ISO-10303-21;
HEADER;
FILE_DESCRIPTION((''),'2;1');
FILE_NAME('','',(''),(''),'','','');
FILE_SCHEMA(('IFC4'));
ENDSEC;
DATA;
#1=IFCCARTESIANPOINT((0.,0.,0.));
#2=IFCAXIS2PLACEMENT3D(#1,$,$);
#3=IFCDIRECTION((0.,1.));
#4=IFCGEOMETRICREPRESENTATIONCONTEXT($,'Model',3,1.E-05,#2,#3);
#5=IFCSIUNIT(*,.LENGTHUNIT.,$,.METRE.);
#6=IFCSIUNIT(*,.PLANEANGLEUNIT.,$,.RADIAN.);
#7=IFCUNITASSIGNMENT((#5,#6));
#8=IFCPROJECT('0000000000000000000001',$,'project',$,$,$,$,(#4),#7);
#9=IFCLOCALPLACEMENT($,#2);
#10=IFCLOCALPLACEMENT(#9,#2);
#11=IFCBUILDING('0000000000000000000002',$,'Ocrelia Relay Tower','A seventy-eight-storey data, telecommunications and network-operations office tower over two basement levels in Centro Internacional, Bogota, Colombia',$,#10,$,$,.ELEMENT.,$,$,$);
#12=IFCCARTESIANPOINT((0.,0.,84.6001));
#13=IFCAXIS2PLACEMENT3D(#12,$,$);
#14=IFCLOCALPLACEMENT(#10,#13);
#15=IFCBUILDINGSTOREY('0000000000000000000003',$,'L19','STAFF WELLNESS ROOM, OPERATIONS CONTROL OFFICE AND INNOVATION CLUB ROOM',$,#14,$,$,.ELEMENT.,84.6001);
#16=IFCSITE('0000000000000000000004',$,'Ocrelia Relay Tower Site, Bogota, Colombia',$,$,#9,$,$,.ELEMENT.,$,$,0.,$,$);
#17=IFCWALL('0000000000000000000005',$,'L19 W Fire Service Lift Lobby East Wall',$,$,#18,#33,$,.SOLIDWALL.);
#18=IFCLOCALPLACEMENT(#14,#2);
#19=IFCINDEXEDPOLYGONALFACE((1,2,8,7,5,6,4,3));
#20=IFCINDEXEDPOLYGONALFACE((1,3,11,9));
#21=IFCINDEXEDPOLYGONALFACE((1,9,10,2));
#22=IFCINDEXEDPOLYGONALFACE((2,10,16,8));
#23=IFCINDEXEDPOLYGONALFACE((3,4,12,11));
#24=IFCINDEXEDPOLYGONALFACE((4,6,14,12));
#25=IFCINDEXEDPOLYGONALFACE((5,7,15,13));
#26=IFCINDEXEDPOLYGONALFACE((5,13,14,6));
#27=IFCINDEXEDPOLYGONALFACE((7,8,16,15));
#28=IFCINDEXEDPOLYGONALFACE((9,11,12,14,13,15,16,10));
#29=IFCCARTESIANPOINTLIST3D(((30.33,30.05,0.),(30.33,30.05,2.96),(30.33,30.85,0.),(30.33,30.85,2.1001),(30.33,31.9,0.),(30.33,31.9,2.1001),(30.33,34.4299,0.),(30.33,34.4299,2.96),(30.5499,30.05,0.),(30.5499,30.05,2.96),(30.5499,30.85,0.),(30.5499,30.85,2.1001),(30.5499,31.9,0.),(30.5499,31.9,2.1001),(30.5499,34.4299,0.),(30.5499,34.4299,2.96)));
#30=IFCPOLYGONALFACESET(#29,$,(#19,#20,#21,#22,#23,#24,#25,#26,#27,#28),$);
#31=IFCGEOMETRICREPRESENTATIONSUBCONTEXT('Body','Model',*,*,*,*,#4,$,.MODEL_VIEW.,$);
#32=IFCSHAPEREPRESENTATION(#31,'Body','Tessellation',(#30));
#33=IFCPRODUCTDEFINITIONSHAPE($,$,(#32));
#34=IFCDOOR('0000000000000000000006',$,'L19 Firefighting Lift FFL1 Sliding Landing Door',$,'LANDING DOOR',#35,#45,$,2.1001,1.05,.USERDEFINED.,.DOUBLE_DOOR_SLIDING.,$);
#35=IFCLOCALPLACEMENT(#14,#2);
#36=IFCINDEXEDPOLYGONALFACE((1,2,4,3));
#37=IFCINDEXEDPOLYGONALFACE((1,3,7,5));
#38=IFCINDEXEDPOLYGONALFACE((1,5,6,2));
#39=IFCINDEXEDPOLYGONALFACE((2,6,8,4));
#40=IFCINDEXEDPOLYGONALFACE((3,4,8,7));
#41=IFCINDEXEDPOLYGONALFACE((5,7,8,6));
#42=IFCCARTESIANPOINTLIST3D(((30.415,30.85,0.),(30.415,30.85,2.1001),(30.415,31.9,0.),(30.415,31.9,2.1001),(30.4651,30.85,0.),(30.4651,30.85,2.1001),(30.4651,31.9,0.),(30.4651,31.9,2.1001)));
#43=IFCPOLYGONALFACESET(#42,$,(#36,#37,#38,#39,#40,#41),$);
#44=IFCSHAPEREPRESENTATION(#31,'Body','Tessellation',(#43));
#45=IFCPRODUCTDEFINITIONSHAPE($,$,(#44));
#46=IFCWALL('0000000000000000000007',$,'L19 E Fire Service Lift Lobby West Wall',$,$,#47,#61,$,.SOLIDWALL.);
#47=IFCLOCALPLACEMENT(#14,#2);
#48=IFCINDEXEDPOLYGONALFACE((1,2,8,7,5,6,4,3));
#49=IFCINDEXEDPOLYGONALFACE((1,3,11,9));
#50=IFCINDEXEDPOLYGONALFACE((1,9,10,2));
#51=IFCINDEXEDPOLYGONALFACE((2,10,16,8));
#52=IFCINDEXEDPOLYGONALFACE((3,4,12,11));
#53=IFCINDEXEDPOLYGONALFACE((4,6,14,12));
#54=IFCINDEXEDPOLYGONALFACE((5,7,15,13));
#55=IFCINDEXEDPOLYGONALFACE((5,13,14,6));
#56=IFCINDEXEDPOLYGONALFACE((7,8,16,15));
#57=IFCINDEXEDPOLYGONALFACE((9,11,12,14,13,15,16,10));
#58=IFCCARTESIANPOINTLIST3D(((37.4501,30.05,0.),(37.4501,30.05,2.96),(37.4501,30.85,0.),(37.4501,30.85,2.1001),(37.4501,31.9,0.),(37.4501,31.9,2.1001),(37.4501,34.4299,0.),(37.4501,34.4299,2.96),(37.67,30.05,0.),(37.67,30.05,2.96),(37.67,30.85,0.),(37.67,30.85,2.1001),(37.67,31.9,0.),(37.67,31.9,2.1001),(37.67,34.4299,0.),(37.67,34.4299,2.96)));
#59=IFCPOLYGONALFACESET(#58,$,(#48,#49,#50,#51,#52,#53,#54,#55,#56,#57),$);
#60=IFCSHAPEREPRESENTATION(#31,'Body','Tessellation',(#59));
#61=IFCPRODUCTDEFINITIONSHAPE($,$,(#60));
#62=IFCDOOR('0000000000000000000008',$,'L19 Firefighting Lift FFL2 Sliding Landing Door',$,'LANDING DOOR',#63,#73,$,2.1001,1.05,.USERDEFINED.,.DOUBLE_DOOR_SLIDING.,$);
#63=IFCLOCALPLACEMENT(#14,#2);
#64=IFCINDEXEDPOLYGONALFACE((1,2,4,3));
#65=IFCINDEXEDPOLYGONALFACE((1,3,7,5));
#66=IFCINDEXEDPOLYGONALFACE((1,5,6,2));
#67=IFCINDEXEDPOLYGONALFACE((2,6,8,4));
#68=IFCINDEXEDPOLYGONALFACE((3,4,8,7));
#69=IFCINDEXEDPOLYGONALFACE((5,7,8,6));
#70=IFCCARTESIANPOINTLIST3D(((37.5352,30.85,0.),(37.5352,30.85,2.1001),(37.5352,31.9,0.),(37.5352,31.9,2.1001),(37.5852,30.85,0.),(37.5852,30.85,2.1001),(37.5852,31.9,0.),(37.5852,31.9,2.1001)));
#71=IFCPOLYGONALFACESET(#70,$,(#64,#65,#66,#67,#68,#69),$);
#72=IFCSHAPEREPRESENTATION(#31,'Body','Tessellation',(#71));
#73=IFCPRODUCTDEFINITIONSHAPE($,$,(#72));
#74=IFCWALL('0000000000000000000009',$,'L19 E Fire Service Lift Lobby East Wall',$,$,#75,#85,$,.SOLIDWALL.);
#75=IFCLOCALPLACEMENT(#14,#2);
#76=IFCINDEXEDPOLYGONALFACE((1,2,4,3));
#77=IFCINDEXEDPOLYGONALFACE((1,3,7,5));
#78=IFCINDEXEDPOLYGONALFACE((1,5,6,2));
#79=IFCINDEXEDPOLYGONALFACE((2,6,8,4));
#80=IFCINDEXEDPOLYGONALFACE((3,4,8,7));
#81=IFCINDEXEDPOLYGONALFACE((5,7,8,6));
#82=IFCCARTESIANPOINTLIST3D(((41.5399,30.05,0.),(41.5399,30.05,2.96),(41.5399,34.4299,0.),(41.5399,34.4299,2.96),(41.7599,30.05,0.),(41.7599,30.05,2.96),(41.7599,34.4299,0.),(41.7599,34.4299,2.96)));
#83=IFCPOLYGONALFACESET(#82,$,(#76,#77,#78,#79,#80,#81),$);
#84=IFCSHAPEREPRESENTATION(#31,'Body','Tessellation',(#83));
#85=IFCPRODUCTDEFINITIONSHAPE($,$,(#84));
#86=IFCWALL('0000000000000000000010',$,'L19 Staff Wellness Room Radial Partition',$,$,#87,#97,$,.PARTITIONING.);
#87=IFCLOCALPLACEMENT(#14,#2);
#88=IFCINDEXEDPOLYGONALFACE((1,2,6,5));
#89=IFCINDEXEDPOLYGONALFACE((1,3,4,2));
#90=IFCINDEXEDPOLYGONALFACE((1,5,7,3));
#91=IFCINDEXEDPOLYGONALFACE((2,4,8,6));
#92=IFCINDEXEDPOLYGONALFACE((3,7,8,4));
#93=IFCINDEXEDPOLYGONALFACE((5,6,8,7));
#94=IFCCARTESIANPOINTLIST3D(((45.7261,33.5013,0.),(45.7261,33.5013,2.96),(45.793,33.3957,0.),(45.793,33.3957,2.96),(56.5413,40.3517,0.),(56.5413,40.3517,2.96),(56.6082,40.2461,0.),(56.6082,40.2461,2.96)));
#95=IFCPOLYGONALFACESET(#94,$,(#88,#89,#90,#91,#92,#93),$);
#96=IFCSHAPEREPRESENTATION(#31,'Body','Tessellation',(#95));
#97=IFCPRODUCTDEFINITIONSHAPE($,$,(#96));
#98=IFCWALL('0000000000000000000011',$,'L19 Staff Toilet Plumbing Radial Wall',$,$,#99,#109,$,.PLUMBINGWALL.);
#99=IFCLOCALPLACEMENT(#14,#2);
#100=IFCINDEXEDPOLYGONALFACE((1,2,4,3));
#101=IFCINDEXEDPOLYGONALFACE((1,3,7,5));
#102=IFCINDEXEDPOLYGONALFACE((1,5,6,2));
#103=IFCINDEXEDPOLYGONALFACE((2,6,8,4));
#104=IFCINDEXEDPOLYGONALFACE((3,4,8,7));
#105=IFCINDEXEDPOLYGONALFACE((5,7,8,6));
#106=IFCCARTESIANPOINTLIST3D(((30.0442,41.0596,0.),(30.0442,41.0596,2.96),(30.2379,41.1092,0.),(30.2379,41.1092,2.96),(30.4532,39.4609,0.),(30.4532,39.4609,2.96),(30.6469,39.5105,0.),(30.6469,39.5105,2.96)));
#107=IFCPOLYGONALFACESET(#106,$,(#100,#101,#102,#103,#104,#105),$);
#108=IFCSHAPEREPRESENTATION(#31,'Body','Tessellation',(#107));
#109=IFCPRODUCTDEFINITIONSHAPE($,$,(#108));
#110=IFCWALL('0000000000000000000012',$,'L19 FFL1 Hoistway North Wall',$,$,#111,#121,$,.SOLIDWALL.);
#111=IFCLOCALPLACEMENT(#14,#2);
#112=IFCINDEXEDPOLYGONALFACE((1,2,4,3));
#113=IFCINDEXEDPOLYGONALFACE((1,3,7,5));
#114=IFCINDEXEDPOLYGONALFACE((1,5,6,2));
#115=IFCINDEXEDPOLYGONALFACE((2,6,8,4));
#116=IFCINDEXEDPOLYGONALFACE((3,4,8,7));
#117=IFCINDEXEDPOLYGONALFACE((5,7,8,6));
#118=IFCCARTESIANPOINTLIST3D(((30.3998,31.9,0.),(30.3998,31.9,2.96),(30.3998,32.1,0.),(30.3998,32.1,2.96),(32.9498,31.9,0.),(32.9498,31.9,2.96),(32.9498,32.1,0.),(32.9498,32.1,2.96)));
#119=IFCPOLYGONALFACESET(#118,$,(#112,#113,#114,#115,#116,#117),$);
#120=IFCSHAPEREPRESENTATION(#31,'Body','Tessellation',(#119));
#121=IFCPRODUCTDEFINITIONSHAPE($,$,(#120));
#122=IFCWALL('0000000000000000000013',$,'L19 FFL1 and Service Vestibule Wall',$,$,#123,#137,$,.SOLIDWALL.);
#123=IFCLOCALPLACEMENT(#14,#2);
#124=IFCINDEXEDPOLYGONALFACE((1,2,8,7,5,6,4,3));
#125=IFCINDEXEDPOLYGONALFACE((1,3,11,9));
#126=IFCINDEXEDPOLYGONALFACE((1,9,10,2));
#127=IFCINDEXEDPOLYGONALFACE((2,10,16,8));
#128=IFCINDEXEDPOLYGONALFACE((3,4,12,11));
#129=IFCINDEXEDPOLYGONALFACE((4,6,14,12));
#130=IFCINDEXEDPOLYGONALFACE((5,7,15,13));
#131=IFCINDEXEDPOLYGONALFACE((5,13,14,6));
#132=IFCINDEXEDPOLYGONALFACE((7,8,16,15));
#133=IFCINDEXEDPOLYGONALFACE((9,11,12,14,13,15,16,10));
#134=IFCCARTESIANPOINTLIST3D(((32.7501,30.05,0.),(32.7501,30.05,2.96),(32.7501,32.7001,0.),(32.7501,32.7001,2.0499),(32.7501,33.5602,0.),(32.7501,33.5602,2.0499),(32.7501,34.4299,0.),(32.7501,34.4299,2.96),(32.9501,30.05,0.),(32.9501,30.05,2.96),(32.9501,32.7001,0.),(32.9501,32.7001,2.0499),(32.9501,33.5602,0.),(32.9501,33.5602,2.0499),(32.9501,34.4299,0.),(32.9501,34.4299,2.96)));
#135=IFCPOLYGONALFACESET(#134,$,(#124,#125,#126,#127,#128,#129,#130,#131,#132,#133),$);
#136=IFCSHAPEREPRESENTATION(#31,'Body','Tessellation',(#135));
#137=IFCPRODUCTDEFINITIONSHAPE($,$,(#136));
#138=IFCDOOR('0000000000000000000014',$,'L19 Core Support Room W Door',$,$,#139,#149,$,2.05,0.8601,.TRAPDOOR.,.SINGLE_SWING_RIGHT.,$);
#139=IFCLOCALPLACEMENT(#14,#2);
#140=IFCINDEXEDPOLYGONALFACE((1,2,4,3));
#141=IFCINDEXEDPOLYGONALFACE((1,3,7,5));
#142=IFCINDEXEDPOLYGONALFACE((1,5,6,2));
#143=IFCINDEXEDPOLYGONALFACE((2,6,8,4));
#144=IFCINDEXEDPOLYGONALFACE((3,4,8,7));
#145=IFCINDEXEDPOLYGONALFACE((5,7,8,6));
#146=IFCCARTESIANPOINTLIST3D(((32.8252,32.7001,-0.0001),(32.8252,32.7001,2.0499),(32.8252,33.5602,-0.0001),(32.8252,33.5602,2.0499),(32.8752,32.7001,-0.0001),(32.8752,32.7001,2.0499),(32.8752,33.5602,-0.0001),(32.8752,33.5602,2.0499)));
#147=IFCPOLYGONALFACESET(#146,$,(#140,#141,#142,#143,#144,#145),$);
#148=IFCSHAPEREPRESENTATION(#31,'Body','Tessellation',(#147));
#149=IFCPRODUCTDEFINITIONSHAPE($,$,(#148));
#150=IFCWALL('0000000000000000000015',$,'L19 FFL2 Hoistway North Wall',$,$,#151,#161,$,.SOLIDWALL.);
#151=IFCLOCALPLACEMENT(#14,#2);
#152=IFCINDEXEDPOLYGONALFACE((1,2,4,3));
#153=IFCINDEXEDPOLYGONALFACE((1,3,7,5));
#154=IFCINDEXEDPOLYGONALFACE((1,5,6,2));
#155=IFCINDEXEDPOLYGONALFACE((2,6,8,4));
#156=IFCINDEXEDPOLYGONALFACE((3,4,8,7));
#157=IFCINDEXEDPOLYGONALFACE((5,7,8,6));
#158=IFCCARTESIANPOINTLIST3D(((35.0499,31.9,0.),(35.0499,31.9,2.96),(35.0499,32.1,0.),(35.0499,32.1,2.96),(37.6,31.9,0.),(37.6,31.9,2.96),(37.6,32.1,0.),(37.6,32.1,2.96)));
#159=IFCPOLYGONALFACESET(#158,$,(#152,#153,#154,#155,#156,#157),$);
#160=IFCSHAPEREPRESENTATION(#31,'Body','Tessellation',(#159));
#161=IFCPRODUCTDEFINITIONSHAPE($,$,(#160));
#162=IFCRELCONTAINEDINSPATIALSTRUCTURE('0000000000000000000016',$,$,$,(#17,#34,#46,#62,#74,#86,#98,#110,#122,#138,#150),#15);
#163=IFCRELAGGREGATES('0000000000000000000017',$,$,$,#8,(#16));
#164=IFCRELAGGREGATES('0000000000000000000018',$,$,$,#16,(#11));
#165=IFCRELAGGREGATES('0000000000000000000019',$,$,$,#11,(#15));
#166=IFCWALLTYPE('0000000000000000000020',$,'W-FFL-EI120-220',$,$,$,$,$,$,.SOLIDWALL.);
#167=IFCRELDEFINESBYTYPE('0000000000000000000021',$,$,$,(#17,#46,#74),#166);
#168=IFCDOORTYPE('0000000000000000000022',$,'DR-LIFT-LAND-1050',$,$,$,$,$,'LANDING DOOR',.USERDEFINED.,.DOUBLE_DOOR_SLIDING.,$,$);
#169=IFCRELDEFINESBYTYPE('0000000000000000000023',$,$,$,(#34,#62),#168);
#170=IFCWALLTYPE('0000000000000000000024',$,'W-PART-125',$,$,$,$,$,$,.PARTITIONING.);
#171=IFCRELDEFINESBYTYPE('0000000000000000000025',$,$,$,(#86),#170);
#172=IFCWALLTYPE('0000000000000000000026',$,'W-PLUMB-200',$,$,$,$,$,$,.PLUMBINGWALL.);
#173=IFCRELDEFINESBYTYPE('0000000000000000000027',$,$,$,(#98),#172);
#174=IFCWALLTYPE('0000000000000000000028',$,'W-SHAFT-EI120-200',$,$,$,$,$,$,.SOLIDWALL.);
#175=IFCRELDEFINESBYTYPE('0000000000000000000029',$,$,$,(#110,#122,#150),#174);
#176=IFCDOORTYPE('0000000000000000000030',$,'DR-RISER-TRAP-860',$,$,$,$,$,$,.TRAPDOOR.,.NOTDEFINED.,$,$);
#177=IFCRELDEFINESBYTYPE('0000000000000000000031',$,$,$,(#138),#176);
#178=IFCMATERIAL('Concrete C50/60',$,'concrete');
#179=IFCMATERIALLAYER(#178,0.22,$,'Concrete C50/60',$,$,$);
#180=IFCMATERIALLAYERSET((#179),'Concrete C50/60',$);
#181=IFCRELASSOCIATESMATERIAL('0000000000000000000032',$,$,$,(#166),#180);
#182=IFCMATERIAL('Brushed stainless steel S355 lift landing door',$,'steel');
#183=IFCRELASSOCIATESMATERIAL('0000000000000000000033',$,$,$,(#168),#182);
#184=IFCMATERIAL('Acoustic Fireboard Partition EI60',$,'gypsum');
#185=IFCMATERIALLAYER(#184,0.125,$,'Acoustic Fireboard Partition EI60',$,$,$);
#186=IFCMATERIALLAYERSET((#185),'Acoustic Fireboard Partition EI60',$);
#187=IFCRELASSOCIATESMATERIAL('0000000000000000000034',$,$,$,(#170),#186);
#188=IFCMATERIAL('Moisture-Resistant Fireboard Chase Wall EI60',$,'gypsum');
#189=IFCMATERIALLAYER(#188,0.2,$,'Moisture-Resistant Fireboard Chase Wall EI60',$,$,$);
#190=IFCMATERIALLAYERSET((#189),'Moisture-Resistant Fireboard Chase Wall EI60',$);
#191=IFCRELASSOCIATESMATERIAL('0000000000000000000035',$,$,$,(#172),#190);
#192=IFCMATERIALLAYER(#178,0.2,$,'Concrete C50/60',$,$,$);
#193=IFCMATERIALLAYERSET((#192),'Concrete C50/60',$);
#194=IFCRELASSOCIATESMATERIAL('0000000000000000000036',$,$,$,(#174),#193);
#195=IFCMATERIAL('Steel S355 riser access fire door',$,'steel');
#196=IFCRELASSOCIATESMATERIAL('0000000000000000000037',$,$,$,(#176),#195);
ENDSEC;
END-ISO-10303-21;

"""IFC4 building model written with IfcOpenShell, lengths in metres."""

from ifc_helpers import new_model, si_unit, direction, frame, frame_2d, origin, place, context, subcontext, project, spatial, rectangle, extrude, material, layer, layer_set, type_object, element, fill, save


model = new_model("IFC4")

# Units and contexts
model_context = context("Model", 3, precision=1e-05, world=origin(), true_north=direction((0.0, 1.0)))
body_context = subcontext(model_context, "Body", "Model", "MODEL_VIEW")
ifc_project = project(units=[si_unit("LENGTHUNIT", "METRE"), si_unit("PLANEANGLEUNIT", "RADIAN")], contexts=[model_context])

# Site, building, storey
site_placement = place(None, origin())
site = spatial("IfcSite", under=ifc_project, at=site_placement, Name="Ocrelia Relay Tower Site, Bogota, Colombia", CompositionType="ELEMENT", RefElevation=0.0)
building_placement = place(site_placement, origin())
building = spatial("IfcBuilding", under=site, at=building_placement, Name="Ocrelia Relay Tower", Description="A seventy-eight-storey data, telecommunications and network-operations office tower over two basement levels in Centro Internacional, Bogota, Colombia", CompositionType="ELEMENT")
storey_placement = place(building_placement, frame((0.0, 0.0, 84.6001)))
storey = spatial("IfcBuildingStorey", under=building, at=storey_placement, Name="L19", Description="STAFF WELLNESS ROOM, OPERATIONS CONTROL OFFICE AND INNOVATION CLUB ROOM", CompositionType="ELEMENT", Elevation=84.6001)

# Walls, openings, doors
ifc_material_1 = material(Name="Concrete C50/60", Category="concrete")
ifc_layer_1 = layer(ifc_material_1, 0.22, Name="Concrete C50/60")
ifc_layer_set_1 = layer_set([ifc_layer_1], Name="Concrete C50/60")
wall_type_1 = type_object("IfcWallType", Name="W-FFL-EI120-220", PredefinedType="SOLIDWALL", material=ifc_layer_set_1)
wall_1_placement = place(storey_placement, frame((30.4399, 30.05, 0.0), z_axis=(0.0, 0.0, 1.0), x_axis=(0.0, 1.0, 0.0)))
wall_1 = element("IfcWall", 1, at=wall_1_placement, inside=storey, type_object=wall_type_1, Name="L19 W Fire Service Lift Lobby East Wall", PredefinedType="SOLIDWALL", context=body_context, shape_type="SweptSolid", body=[
    extrude(rectangle(XDim=4.3799, YDim=0.22, at=frame_2d((2.1899, 0.0))), origin(), (0.0, 0.0, 1.0), 2.96),
])
opening_1_placement = place(wall_1_placement, frame((0.8, 0.0, 0.0)))
opening_1 = element("IfcOpeningElement", 2, at=opening_1_placement, cuts=wall_1, PredefinedType="OPENING", context=body_context, shape_type="SweptSolid", body=[
    extrude(rectangle(XDim=1.05, YDim=2.1001, at=frame_2d((0.5249, 1.05))), frame((0.0, 0.1201, 0.0), z_axis=(0.0, -1.0, 0.0), x_axis=(1.0, 0.0, 0.0)), (0.0, 0.0, 1.0), 0.24),
])
ifc_material_2 = material(Name="Brushed stainless steel S355 lift landing door", Category="steel")
door_type_1 = type_object("IfcDoorType", Name="DR-LIFT-LAND-1050", ElementType="LANDING DOOR", OperationType="DOUBLE_DOOR_SLIDING", PredefinedType="USERDEFINED", material=ifc_material_2)
door_1_placement = place(opening_1_placement, origin())
door_1 = element("IfcDoor", 3, at=door_1_placement, inside=storey, type_object=door_type_1, Name="L19 Firefighting Lift FFL1 Sliding Landing Door", ObjectType="LANDING DOOR", OperationType="DOUBLE_DOOR_SLIDING", OverallHeight=2.1001, OverallWidth=1.05, PredefinedType="USERDEFINED", context=body_context, shape_type="SweptSolid", body=[
    extrude(rectangle(XDim=1.05, YDim=2.1001, at=frame_2d((0.5249, 1.05))), frame((0.0, 0.0249, 0.0), z_axis=(0.0, -1.0, 0.0), x_axis=(1.0, 0.0, 0.0)), (0.0, 0.0, 1.0), 0.05),
])
fill(opening_1, door_1)
wall_2_placement = place(storey_placement, frame((37.5601, 30.05, 0.0), z_axis=(0.0, 0.0, 1.0), x_axis=(0.0, 1.0, 0.0)))
wall_2 = element("IfcWall", 4, at=wall_2_placement, inside=storey, type_object=wall_type_1, Name="L19 E Fire Service Lift Lobby West Wall", PredefinedType="SOLIDWALL", context=body_context, shape_type="SweptSolid", body=[
    extrude(rectangle(XDim=4.3799, YDim=0.22, at=frame_2d((2.1899, 0.0))), origin(), (0.0, 0.0, 1.0), 2.96),
])
opening_2_placement = place(wall_2_placement, frame((0.8, 0.0, 0.0)))
opening_2 = element("IfcOpeningElement", 5, at=opening_2_placement, cuts=wall_2, PredefinedType="OPENING", context=body_context, shape_type="SweptSolid", body=[
    extrude(rectangle(XDim=1.05, YDim=2.1001, at=frame_2d((0.5249, 1.05))), frame((0.0, 0.1201, 0.0), z_axis=(0.0, -1.0, 0.0), x_axis=(1.0, 0.0, 0.0)), (0.0, 0.0, 1.0), 0.24),
])
door_2_placement = place(opening_2_placement, origin())
door_2 = element("IfcDoor", 6, at=door_2_placement, inside=storey, type_object=door_type_1, Name="L19 Firefighting Lift FFL2 Sliding Landing Door", ObjectType="LANDING DOOR", OperationType="DOUBLE_DOOR_SLIDING", OverallHeight=2.1001, OverallWidth=1.05, PredefinedType="USERDEFINED", context=body_context, shape_type="SweptSolid", body=[
    extrude(rectangle(XDim=1.05, YDim=2.1001, at=frame_2d((0.5249, 1.05))), frame((0.0, 0.0249, 0.0), z_axis=(0.0, -1.0, 0.0), x_axis=(1.0, 0.0, 0.0)), (0.0, 0.0, 1.0), 0.05),
])
fill(opening_2, door_2)

# Wall
wall_3_placement = place(storey_placement, frame((41.6499, 30.05, 0.0), z_axis=(0.0, 0.0, 1.0), x_axis=(0.0, 1.0, 0.0)))
element("IfcWall", 7, at=wall_3_placement, inside=storey, type_object=wall_type_1, Name="L19 E Fire Service Lift Lobby East Wall", PredefinedType="SOLIDWALL", context=body_context, shape_type="SweptSolid", body=[
    extrude(rectangle(XDim=4.3799, YDim=0.22, at=frame_2d((2.1899, 0.0))), origin(), (0.0, 0.0, 1.0), 2.96),
])

# Walls
ifc_material_3 = material(Name="Acoustic Fireboard Partition EI60", Category="gypsum")
ifc_layer_2 = layer(ifc_material_3, 0.125, Name="Acoustic Fireboard Partition EI60")
ifc_layer_set_2 = layer_set([ifc_layer_2], Name="Acoustic Fireboard Partition EI60")
wall_type_2 = type_object("IfcWallType", Name="W-PART-125", PredefinedType="PARTITIONING", material=ifc_layer_set_2)
wall_4_placement = place(storey_placement, frame((45.7595, 33.4485, 0.0), z_axis=(0.0, 0.0, 1.0), x_axis=(0.844794, 0.535092, 0.0)))
element("IfcWall", 8, at=wall_4_placement, inside=storey, type_object=wall_type_2, Name="L19 Staff Wellness Room Radial Partition", PredefinedType="PARTITIONING", context=body_context, shape_type="SweptSolid", body=[
    extrude(rectangle(XDim=12.8022, YDim=0.125, at=frame_2d((6.4011, 0.0))), origin(), (0.0, 0.0, 1.0), 2.96),
])
ifc_material_4 = material(Name="Moisture-Resistant Fireboard Chase Wall EI60", Category="gypsum")
ifc_layer_3 = layer(ifc_material_4, 0.2, Name="Moisture-Resistant Fireboard Chase Wall EI60")
ifc_layer_set_3 = layer_set([ifc_layer_3], Name="Moisture-Resistant Fireboard Chase Wall EI60")
wall_type_3 = type_object("IfcWallType", Name="W-PLUMB-200", PredefinedType="PLUMBINGWALL", material=ifc_layer_set_3)
wall_5_placement = place(storey_placement, frame((30.55, 39.4856, 0.0), z_axis=(0.0, 0.0, 1.0), x_axis=(-0.247824, 0.968805, 0.0)))
element("IfcWall", 9, at=wall_5_placement, inside=storey, type_object=wall_type_3, Name="L19 Staff Toilet Plumbing Radial Wall", PredefinedType="PLUMBINGWALL", context=body_context, shape_type="SweptSolid", body=[
    extrude(rectangle(XDim=1.6501, YDim=0.2, at=frame_2d((0.8252, 0.0))), origin(), (0.0, 0.0, 1.0), 2.96),
])
ifc_layer_4 = layer(ifc_material_1, 0.2, Name="Concrete C50/60")
ifc_layer_set_4 = layer_set([ifc_layer_4], Name="Concrete C50/60")
wall_type_4 = type_object("IfcWallType", Name="W-SHAFT-EI120-200", PredefinedType="SOLIDWALL", material=ifc_layer_set_4)
wall_6_placement = place(storey_placement, frame((30.3999, 32.0, 0.0), z_axis=(0.0, 0.0, 1.0), x_axis=(1.0, 0.0, 0.0)))
element("IfcWall", 10, at=wall_6_placement, inside=storey, type_object=wall_type_4, Name="L19 FFL1 Hoistway North Wall", PredefinedType="SOLIDWALL", context=body_context, shape_type="SweptSolid", body=[
    extrude(rectangle(XDim=2.55, YDim=0.2, at=frame_2d((1.2749, 0.0))), origin(), (0.0, 0.0, 1.0), 2.96),
])

# Wall, opening, door
wall_7_placement = place(storey_placement, frame((32.8501, 30.05, 0.0), z_axis=(0.0, 0.0, 1.0), x_axis=(0.0, 1.0, 0.0)))
wall_7 = element("IfcWall", 11, at=wall_7_placement, inside=storey, type_object=wall_type_4, Name="L19 FFL1 and Service Vestibule Wall", PredefinedType="SOLIDWALL", context=body_context, shape_type="SweptSolid", body=[
    extrude(rectangle(XDim=4.3799, YDim=0.2, at=frame_2d((2.1899, 0.0))), origin(), (0.0, 0.0, 1.0), 2.96),
])
opening_3_placement = place(wall_7_placement, frame((2.6499, 0.0, 0.0)))
opening_3 = element("IfcOpeningElement", 12, at=opening_3_placement, cuts=wall_7, PredefinedType="OPENING", context=body_context, shape_type="SweptSolid", body=[
    extrude(rectangle(XDim=0.8601, YDim=2.05, at=frame_2d((0.4302, 1.0249))), frame((0.0, 0.1099, 0.0), z_axis=(0.0, -1.0, 0.0), x_axis=(1.0, 0.0, 0.0)), (0.0, 0.0, 1.0), 0.22),
])
ifc_material_5 = material(Name="Steel S355 riser access fire door", Category="steel")
door_type_2 = type_object("IfcDoorType", Name="DR-RISER-TRAP-860", OperationType="NOTDEFINED", PredefinedType="TRAPDOOR", material=ifc_material_5)
door_3_placement = place(opening_3_placement, origin())
door_3 = element("IfcDoor", 13, at=door_3_placement, inside=storey, type_object=door_type_2, Name="L19 Core Support Room W Door", OperationType="SINGLE_SWING_RIGHT", OverallHeight=2.05, OverallWidth=0.8601, PredefinedType="TRAPDOOR", context=body_context, shape_type="SweptSolid", body=[
    extrude(rectangle(XDim=0.8601, YDim=2.05, at=frame_2d((0.4302, 1.0249))), frame((0.0, 0.0249, 0.0), z_axis=(0.0, -1.0, 0.0), x_axis=(1.0, 0.0, 0.0)), (0.0, 0.0, 1.0), 0.05),
])
fill(opening_3, door_3)

# Wall
wall_8_placement = place(storey_placement, frame((35.05, 32.0, 0.0), z_axis=(0.0, 0.0, 1.0), x_axis=(1.0, 0.0, 0.0)))
element("IfcWall", 14, at=wall_8_placement, inside=storey, type_object=wall_type_4, Name="L19 FFL2 Hoistway North Wall", PredefinedType="SOLIDWALL", context=body_context, shape_type="SweptSolid", body=[
    extrude(rectangle(XDim=2.55, YDim=0.2, at=frame_2d((1.2749, 0.0))), origin(), (0.0, 0.0, 1.0), 2.96),
])

save(model, "model.ifc")
